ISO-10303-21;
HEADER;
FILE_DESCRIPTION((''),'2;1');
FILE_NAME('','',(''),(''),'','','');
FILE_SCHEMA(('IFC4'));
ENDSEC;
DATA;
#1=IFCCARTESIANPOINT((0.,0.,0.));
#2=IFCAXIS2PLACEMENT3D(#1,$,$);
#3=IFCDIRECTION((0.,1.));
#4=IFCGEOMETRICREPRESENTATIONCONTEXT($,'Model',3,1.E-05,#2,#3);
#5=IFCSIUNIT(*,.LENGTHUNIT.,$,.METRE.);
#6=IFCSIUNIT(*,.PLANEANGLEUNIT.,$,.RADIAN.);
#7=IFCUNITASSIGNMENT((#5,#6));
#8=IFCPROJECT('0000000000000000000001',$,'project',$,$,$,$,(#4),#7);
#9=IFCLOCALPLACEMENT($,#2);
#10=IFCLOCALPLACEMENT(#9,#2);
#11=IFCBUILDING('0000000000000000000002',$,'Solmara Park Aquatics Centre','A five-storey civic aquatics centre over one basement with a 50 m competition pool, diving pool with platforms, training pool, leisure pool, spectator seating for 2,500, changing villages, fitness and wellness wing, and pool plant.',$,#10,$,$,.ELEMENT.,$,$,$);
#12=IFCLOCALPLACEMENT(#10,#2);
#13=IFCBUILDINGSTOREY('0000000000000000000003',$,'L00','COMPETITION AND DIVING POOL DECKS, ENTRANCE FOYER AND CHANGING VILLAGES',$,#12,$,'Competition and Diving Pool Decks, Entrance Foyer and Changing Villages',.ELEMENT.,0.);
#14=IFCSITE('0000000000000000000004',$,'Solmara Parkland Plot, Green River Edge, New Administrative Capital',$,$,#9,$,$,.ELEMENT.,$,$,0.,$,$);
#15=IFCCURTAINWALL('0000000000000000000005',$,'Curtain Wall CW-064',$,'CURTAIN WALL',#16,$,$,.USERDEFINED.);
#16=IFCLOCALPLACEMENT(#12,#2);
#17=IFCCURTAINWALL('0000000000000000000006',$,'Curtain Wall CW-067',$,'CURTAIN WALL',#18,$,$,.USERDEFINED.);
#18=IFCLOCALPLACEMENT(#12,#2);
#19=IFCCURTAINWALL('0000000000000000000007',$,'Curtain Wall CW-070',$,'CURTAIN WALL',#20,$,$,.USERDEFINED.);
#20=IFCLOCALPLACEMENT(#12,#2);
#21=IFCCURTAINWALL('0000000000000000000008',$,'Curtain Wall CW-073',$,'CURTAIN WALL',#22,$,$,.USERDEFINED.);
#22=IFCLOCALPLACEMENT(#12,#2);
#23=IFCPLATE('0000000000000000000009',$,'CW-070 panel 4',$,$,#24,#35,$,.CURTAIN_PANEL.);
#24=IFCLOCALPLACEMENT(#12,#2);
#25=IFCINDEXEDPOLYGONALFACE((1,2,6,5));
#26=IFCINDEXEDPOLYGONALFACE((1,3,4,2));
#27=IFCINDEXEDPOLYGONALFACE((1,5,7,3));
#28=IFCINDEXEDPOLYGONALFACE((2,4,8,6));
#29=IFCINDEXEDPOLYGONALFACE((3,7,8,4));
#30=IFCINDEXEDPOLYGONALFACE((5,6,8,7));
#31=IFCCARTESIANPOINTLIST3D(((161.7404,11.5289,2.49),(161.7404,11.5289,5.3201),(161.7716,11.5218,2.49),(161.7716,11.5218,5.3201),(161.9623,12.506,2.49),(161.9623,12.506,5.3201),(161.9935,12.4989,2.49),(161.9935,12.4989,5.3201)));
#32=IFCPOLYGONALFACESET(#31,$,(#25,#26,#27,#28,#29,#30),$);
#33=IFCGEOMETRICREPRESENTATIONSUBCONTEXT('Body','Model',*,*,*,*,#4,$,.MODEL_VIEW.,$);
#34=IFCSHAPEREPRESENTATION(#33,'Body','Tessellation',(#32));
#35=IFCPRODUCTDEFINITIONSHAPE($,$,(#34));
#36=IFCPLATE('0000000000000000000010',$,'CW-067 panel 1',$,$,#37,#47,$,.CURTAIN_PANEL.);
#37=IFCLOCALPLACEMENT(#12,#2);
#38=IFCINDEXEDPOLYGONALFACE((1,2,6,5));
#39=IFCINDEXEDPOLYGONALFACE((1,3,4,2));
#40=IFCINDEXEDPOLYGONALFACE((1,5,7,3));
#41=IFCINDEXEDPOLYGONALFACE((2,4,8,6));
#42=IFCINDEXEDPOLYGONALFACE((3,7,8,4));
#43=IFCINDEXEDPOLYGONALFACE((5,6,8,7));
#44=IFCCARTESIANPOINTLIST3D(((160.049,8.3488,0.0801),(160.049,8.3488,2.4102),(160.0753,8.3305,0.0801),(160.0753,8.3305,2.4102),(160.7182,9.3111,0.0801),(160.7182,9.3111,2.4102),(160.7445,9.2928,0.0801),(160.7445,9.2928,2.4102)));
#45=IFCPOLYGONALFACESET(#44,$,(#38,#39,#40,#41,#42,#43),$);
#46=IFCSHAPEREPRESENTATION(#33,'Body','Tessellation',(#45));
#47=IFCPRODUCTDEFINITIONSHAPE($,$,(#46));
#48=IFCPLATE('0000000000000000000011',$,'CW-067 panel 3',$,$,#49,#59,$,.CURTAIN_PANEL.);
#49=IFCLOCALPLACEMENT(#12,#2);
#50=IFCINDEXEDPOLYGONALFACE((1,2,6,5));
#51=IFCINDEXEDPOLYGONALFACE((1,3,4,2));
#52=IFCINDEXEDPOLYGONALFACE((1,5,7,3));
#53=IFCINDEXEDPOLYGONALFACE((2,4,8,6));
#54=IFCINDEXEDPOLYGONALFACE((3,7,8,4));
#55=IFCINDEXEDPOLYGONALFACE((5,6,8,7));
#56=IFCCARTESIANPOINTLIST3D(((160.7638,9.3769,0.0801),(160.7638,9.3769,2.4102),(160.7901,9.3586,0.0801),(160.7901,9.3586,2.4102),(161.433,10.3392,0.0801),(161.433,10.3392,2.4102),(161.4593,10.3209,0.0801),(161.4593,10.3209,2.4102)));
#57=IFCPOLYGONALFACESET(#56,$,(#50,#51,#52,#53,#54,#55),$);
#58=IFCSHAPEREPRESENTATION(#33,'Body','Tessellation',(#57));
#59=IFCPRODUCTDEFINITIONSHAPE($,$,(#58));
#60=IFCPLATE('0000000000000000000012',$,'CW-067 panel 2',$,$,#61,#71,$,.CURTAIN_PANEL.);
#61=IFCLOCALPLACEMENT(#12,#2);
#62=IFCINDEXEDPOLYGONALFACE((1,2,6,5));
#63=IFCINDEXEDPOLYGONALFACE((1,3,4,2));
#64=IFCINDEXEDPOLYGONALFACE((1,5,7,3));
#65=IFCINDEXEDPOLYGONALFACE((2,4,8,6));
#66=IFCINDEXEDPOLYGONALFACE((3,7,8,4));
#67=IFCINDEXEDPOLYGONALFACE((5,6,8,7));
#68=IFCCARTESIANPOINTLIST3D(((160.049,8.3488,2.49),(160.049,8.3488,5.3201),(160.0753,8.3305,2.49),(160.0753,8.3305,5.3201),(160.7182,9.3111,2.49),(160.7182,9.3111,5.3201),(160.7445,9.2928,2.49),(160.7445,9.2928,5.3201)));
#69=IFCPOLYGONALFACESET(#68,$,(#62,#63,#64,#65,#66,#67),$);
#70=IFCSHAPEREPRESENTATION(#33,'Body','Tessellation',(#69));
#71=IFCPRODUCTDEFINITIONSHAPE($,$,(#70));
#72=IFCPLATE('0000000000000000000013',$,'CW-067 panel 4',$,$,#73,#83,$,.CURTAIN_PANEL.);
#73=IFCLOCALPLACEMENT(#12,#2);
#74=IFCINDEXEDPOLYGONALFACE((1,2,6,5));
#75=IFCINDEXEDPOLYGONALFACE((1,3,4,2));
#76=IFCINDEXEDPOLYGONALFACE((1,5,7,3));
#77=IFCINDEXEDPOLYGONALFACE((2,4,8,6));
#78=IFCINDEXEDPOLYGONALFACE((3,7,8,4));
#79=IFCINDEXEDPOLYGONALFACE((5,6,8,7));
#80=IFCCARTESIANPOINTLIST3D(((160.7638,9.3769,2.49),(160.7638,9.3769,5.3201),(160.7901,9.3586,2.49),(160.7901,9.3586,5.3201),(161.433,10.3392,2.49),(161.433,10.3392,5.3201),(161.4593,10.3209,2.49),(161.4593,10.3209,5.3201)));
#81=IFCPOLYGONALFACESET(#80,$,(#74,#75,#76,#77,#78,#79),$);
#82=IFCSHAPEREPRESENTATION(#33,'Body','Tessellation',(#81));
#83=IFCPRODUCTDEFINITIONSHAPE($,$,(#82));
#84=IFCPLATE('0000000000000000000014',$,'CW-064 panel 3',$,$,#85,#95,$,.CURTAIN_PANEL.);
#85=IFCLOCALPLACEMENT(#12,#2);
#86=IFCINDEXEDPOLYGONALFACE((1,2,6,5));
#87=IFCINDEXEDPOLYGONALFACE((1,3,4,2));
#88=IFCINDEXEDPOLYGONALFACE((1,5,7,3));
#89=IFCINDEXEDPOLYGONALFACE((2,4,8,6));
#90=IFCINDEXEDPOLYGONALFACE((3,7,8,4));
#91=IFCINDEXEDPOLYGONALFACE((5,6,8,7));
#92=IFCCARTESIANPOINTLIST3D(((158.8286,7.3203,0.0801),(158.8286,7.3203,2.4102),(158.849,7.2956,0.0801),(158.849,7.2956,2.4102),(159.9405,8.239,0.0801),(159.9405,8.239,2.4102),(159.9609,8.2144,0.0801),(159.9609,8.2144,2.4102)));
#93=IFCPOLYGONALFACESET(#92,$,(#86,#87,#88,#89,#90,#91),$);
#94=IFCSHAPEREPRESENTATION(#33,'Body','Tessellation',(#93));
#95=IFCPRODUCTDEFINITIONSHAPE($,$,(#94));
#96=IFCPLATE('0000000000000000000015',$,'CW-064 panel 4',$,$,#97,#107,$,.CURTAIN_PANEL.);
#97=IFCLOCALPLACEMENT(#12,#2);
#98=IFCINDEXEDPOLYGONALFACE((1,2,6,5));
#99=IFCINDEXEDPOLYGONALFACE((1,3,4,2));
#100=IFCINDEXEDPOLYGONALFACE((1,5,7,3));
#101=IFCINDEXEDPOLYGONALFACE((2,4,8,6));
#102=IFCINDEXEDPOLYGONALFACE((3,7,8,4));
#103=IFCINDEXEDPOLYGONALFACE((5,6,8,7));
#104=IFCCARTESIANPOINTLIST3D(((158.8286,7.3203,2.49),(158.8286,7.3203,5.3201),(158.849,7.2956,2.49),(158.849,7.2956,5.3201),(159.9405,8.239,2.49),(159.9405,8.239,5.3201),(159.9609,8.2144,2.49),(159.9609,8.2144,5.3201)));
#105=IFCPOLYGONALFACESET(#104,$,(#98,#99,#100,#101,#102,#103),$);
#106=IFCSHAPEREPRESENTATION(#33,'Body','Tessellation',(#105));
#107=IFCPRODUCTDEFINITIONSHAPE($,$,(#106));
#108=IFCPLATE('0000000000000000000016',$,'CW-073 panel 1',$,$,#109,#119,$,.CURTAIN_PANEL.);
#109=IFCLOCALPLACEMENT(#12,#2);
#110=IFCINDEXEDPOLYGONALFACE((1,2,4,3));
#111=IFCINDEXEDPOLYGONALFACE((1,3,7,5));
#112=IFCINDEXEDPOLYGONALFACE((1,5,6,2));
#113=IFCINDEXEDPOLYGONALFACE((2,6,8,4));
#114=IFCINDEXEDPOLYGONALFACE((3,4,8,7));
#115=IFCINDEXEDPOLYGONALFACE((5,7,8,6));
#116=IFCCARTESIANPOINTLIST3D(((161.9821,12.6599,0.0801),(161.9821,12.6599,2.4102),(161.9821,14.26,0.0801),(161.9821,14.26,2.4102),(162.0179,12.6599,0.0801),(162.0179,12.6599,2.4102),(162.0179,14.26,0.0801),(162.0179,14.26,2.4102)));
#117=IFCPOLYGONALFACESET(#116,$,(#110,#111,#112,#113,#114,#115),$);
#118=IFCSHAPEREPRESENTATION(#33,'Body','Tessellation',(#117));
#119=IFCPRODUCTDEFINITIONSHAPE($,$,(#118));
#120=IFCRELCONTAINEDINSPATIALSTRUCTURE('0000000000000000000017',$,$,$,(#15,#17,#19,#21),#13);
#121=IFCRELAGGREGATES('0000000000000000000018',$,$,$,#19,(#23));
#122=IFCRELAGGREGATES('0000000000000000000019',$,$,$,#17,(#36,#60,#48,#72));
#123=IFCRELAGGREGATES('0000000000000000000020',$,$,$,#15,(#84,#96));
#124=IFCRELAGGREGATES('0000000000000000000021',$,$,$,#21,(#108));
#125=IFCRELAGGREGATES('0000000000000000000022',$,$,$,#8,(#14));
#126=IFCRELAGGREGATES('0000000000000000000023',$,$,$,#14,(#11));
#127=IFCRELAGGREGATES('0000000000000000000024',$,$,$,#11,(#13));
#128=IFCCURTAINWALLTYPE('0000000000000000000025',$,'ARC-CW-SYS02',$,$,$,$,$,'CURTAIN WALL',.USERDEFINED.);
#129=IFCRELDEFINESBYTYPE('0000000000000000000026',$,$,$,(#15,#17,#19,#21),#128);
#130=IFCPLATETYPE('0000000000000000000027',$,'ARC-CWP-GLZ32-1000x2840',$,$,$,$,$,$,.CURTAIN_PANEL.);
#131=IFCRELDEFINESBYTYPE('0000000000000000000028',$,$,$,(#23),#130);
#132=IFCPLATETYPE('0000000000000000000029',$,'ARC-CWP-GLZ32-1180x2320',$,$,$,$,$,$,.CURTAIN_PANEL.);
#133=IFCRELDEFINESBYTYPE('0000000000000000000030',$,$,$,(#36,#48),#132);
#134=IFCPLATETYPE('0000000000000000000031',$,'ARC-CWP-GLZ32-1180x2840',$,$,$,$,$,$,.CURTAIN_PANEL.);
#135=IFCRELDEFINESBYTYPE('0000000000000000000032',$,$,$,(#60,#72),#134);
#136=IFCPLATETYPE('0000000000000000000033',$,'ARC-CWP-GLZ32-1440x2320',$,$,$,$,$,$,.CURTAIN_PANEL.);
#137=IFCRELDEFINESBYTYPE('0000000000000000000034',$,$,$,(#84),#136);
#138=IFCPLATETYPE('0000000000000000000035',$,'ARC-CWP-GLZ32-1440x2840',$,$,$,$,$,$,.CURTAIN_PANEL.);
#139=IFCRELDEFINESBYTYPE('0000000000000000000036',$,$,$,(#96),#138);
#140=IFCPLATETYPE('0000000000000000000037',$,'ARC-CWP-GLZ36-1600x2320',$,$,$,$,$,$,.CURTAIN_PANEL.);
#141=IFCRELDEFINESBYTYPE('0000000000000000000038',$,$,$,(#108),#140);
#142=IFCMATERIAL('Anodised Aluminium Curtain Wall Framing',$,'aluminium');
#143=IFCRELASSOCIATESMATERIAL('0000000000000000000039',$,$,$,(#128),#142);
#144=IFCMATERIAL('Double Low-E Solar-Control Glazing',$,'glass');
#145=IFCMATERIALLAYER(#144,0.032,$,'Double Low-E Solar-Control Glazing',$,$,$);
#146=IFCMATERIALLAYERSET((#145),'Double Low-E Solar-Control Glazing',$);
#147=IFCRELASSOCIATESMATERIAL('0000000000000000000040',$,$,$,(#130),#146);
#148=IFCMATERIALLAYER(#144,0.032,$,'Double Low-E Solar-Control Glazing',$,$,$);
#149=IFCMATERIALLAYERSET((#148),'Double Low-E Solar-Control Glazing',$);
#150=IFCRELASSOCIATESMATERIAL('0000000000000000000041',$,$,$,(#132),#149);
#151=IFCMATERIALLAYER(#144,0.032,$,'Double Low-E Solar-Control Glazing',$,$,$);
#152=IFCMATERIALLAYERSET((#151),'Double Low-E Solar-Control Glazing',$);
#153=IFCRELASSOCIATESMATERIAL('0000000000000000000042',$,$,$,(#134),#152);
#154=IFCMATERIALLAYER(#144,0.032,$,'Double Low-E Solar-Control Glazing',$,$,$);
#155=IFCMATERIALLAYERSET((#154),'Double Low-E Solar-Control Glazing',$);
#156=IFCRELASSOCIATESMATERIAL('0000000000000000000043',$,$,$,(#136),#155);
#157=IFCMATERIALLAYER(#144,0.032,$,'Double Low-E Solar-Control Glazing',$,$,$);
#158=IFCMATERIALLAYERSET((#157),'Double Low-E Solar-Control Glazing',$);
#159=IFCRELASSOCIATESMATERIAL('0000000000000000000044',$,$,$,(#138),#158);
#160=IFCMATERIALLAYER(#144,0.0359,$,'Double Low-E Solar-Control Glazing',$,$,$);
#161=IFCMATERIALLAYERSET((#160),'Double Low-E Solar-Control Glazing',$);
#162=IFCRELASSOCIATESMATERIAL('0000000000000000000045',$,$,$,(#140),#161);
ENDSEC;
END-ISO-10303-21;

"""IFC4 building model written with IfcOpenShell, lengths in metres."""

from ifc_helpers import new_model, si_unit, direction, frame, origin, origin_2d, place, context, subcontext, project, spatial, rectangle, extrude, material, layer, layer_set, type_object, element, aggregate, save


model = new_model("IFC4")

# Units and contexts
model_context = context("Model", 3, precision=1e-05, world=origin(), true_north=direction((0.0, 1.0)))
body_context = subcontext(model_context, "Body", "Model", "MODEL_VIEW")
ifc_project = project(units=[si_unit("LENGTHUNIT", "METRE"), si_unit("PLANEANGLEUNIT", "RADIAN")], contexts=[model_context])

# Site, building, storey
site_placement = place(None, origin())
site = spatial("IfcSite", under=ifc_project, at=site_placement, Name="Solmara Parkland Plot, Green River Edge, New Administrative Capital", CompositionType="ELEMENT", RefElevation=0.0)
building_placement = place(site_placement, origin())
building = spatial("IfcBuilding", under=site, at=building_placement, Name="Solmara Park Aquatics Centre", Description="A five-storey civic aquatics centre over one basement with a 50 m competition pool, diving pool with platforms, training pool, leisure pool, spectator seating for 2,500, changing villages, fitness and wellness wing, and pool plant.", CompositionType="ELEMENT")
storey_placement = place(building_placement, origin())
storey = spatial("IfcBuildingStorey", under=building, at=storey_placement, Name="L00", Description="COMPETITION AND DIVING POOL DECKS, ENTRANCE FOYER AND CHANGING VILLAGES", LongName="Competition and Diving Pool Decks, Entrance Foyer and Changing Villages", CompositionType="ELEMENT", Elevation=0.0)

# Curtain wall
ifc_material_1 = material(Name="Anodised Aluminium Curtain Wall Framing", Category="aluminium")
curtain_wall_type = type_object("IfcCurtainWallType", Name="ARC-CW-SYS02", ElementType="CURTAIN WALL", PredefinedType="USERDEFINED", material=ifc_material_1)
curtain_wall_1_placement = place(storey_placement, origin())
curtain_wall_1 = element("IfcCurtainWall", 1, at=curtain_wall_1_placement, inside=storey, type_object=curtain_wall_type, Name="Curtain Wall CW-064", ObjectType="CURTAIN WALL", PredefinedType="USERDEFINED")

# Curtain walls
curtain_wall_2_placement = place(storey_placement, origin())
curtain_wall_2 = element("IfcCurtainWall", 2, at=curtain_wall_2_placement, inside=storey, type_object=curtain_wall_type, Name="Curtain Wall CW-067", ObjectType="CURTAIN WALL", PredefinedType="USERDEFINED")
curtain_wall_3_placement = place(storey_placement, origin())
curtain_wall_3 = element("IfcCurtainWall", 3, at=curtain_wall_3_placement, inside=storey, type_object=curtain_wall_type, Name="Curtain Wall CW-070", ObjectType="CURTAIN WALL", PredefinedType="USERDEFINED")

# Curtain wall
curtain_wall_4_placement = place(storey_placement, origin())
curtain_wall_4 = element("IfcCurtainWall", 4, at=curtain_wall_4_placement, inside=storey, type_object=curtain_wall_type, Name="Curtain Wall CW-073", ObjectType="CURTAIN WALL", PredefinedType="USERDEFINED")

# Plates
ifc_material_2 = material(Name="Double Low-E Solar-Control Glazing", Category="glass")
ifc_layer_1 = layer(ifc_material_2, 0.032, Name="Double Low-E Solar-Control Glazing")
ifc_layer_set_1 = layer_set([ifc_layer_1], Name="Double Low-E Solar-Control Glazing")
plate_type_1 = type_object("IfcPlateType", Name="ARC-CWP-GLZ32-1000x2840", PredefinedType="CURTAIN_PANEL", material=ifc_layer_set_1)
plate_1_placement = place(storey_placement, frame((161.8669, 12.0139, 2.49), z_axis=(0.0, 0.0, 1.0), x_axis=(0.221421, 0.975178, 0.0)))
plate_1 = element("IfcPlate", 5, at=plate_1_placement, type_object=plate_type_1, Name="CW-070 panel 4", PredefinedType="CURTAIN_PANEL", context=body_context, shape_type="SweptSolid", body=[
    extrude(rectangle(XDim=1.002, YDim=0.032, at=origin_2d()), origin(), (0.0, 0.0, 1.0), 2.8301),
])
aggregate(curtain_wall_3, [plate_1])
ifc_layer_2 = layer(ifc_material_2, 0.032, Name="Double Low-E Solar-Control Glazing")
ifc_layer_set_2 = layer_set([ifc_layer_2], Name="Double Low-E Solar-Control Glazing")
plate_type_2 = type_object("IfcPlateType", Name="ARC-CWP-GLZ32-1180x2320", PredefinedType="CURTAIN_PANEL", material=ifc_layer_set_2)
plate_2_placement = place(storey_placement, frame((160.3967, 8.8208, 0.0801), z_axis=(0.0, 0.0, 1.0), x_axis=(0.570927, 0.821001, 0.0)))
plate_2 = element("IfcPlate", 6, at=plate_2_placement, type_object=plate_type_2, Name="CW-067 panel 1", PredefinedType="CURTAIN_PANEL", context=body_context, shape_type="SweptSolid", body=[
    extrude(rectangle(XDim=1.1721, YDim=0.032, at=origin_2d()), origin(), (0.0, 0.0, 1.0), 2.3301),
])
plate_3_placement = place(storey_placement, frame((161.1116, 9.8489, 0.0801), z_axis=(0.0, 0.0, 1.0), x_axis=(0.570927, 0.821001, 0.0)))
plate_3 = element("IfcPlate", 7, at=plate_3_placement, type_object=plate_type_2, Name="CW-067 panel 3", PredefinedType="CURTAIN_PANEL", context=body_context, shape_type="SweptSolid", body=[
    extrude(rectangle(XDim=1.1721, YDim=0.032, at=origin_2d()), origin(), (0.0, 0.0, 1.0), 2.3301),
])
ifc_layer_3 = layer(ifc_material_2, 0.032, Name="Double Low-E Solar-Control Glazing")
ifc_layer_set_3 = layer_set([ifc_layer_3], Name="Double Low-E Solar-Control Glazing")
plate_type_3 = type_object("IfcPlateType", Name="ARC-CWP-GLZ32-1180x2840", PredefinedType="CURTAIN_PANEL", material=ifc_layer_set_3)
plate_4_placement = place(storey_placement, frame((160.3967, 8.8208, 2.49), z_axis=(0.0, 0.0, 1.0), x_axis=(0.570927, 0.821001, 0.0)))
plate_4 = element("IfcPlate", 8, at=plate_4_placement, type_object=plate_type_3, Name="CW-067 panel 2", PredefinedType="CURTAIN_PANEL", context=body_context, shape_type="SweptSolid", body=[
    extrude(rectangle(XDim=1.1721, YDim=0.032, at=origin_2d()), origin(), (0.0, 0.0, 1.0), 2.8301),
])
plate_5_placement = place(storey_placement, frame((161.1116, 9.8489, 2.49), z_axis=(0.0, 0.0, 1.0), x_axis=(0.570927, 0.821001, 0.0)))
plate_5 = element("IfcPlate", 9, at=plate_5_placement, type_object=plate_type_3, Name="CW-067 panel 4", PredefinedType="CURTAIN_PANEL", context=body_context, shape_type="SweptSolid", body=[
    extrude(rectangle(XDim=1.1721, YDim=0.032, at=origin_2d()), origin(), (0.0, 0.0, 1.0), 2.8301),
])
aggregate(curtain_wall_2, [plate_2, plate_4, plate_3, plate_5])
ifc_layer_4 = layer(ifc_material_2, 0.032, Name="Double Low-E Solar-Control Glazing")
ifc_layer_set_4 = layer_set([ifc_layer_4], Name="Double Low-E Solar-Control Glazing")
plate_type_4 = type_object("IfcPlateType", Name="ARC-CWP-GLZ32-1440x2320", PredefinedType="CURTAIN_PANEL", material=ifc_layer_set_4)
plate_6_placement = place(storey_placement, frame((159.3948, 7.7673, 0.0801), z_axis=(0.0, 0.0, 1.0), x_axis=(0.770877, 0.636984, 0.0)))
plate_6 = element("IfcPlate", 10, at=plate_6_placement, type_object=plate_type_4, Name="CW-064 panel 3", PredefinedType="CURTAIN_PANEL", context=body_context, shape_type="SweptSolid", body=[
    extrude(rectangle(XDim=1.4424, YDim=0.032, at=origin_2d()), origin(), (0.0, 0.0, 1.0), 2.3301),
])
ifc_layer_5 = layer(ifc_material_2, 0.032, Name="Double Low-E Solar-Control Glazing")
ifc_layer_set_5 = layer_set([ifc_layer_5], Name="Double Low-E Solar-Control Glazing")
plate_type_5 = type_object("IfcPlateType", Name="ARC-CWP-GLZ32-1440x2840", PredefinedType="CURTAIN_PANEL", material=ifc_layer_set_5)
plate_7_placement = place(storey_placement, frame((159.3948, 7.7673, 2.49), z_axis=(0.0, 0.0, 1.0), x_axis=(0.770877, 0.636984, 0.0)))
plate_7 = element("IfcPlate", 11, at=plate_7_placement, type_object=plate_type_5, Name="CW-064 panel 4", PredefinedType="CURTAIN_PANEL", context=body_context, shape_type="SweptSolid", body=[
    extrude(rectangle(XDim=1.4424, YDim=0.032, at=origin_2d()), origin(), (0.0, 0.0, 1.0), 2.8301),
])
aggregate(curtain_wall_1, [plate_6, plate_7])
ifc_layer_6 = layer(ifc_material_2, 0.0359, Name="Double Low-E Solar-Control Glazing")
ifc_layer_set_6 = layer_set([ifc_layer_6], Name="Double Low-E Solar-Control Glazing")
plate_type_6 = type_object("IfcPlateType", Name="ARC-CWP-GLZ36-1600x2320", PredefinedType="CURTAIN_PANEL", material=ifc_layer_set_6)
plate_8_placement = place(storey_placement, frame((162.0, 13.46, 0.0801), z_axis=(0.0, 0.0, 1.0), x_axis=(0.0, 1.0, 0.0)))
plate_8 = element("IfcPlate", 12, at=plate_8_placement, type_object=plate_type_6, Name="CW-073 panel 1", PredefinedType="CURTAIN_PANEL", context=body_context, shape_type="SweptSolid", body=[
    extrude(rectangle(XDim=1.6001, YDim=0.0359, at=origin_2d()), origin(), (0.0, 0.0, 1.0), 2.3301),
])
aggregate(curtain_wall_4, [plate_8])

save(model, "model.ifc")
